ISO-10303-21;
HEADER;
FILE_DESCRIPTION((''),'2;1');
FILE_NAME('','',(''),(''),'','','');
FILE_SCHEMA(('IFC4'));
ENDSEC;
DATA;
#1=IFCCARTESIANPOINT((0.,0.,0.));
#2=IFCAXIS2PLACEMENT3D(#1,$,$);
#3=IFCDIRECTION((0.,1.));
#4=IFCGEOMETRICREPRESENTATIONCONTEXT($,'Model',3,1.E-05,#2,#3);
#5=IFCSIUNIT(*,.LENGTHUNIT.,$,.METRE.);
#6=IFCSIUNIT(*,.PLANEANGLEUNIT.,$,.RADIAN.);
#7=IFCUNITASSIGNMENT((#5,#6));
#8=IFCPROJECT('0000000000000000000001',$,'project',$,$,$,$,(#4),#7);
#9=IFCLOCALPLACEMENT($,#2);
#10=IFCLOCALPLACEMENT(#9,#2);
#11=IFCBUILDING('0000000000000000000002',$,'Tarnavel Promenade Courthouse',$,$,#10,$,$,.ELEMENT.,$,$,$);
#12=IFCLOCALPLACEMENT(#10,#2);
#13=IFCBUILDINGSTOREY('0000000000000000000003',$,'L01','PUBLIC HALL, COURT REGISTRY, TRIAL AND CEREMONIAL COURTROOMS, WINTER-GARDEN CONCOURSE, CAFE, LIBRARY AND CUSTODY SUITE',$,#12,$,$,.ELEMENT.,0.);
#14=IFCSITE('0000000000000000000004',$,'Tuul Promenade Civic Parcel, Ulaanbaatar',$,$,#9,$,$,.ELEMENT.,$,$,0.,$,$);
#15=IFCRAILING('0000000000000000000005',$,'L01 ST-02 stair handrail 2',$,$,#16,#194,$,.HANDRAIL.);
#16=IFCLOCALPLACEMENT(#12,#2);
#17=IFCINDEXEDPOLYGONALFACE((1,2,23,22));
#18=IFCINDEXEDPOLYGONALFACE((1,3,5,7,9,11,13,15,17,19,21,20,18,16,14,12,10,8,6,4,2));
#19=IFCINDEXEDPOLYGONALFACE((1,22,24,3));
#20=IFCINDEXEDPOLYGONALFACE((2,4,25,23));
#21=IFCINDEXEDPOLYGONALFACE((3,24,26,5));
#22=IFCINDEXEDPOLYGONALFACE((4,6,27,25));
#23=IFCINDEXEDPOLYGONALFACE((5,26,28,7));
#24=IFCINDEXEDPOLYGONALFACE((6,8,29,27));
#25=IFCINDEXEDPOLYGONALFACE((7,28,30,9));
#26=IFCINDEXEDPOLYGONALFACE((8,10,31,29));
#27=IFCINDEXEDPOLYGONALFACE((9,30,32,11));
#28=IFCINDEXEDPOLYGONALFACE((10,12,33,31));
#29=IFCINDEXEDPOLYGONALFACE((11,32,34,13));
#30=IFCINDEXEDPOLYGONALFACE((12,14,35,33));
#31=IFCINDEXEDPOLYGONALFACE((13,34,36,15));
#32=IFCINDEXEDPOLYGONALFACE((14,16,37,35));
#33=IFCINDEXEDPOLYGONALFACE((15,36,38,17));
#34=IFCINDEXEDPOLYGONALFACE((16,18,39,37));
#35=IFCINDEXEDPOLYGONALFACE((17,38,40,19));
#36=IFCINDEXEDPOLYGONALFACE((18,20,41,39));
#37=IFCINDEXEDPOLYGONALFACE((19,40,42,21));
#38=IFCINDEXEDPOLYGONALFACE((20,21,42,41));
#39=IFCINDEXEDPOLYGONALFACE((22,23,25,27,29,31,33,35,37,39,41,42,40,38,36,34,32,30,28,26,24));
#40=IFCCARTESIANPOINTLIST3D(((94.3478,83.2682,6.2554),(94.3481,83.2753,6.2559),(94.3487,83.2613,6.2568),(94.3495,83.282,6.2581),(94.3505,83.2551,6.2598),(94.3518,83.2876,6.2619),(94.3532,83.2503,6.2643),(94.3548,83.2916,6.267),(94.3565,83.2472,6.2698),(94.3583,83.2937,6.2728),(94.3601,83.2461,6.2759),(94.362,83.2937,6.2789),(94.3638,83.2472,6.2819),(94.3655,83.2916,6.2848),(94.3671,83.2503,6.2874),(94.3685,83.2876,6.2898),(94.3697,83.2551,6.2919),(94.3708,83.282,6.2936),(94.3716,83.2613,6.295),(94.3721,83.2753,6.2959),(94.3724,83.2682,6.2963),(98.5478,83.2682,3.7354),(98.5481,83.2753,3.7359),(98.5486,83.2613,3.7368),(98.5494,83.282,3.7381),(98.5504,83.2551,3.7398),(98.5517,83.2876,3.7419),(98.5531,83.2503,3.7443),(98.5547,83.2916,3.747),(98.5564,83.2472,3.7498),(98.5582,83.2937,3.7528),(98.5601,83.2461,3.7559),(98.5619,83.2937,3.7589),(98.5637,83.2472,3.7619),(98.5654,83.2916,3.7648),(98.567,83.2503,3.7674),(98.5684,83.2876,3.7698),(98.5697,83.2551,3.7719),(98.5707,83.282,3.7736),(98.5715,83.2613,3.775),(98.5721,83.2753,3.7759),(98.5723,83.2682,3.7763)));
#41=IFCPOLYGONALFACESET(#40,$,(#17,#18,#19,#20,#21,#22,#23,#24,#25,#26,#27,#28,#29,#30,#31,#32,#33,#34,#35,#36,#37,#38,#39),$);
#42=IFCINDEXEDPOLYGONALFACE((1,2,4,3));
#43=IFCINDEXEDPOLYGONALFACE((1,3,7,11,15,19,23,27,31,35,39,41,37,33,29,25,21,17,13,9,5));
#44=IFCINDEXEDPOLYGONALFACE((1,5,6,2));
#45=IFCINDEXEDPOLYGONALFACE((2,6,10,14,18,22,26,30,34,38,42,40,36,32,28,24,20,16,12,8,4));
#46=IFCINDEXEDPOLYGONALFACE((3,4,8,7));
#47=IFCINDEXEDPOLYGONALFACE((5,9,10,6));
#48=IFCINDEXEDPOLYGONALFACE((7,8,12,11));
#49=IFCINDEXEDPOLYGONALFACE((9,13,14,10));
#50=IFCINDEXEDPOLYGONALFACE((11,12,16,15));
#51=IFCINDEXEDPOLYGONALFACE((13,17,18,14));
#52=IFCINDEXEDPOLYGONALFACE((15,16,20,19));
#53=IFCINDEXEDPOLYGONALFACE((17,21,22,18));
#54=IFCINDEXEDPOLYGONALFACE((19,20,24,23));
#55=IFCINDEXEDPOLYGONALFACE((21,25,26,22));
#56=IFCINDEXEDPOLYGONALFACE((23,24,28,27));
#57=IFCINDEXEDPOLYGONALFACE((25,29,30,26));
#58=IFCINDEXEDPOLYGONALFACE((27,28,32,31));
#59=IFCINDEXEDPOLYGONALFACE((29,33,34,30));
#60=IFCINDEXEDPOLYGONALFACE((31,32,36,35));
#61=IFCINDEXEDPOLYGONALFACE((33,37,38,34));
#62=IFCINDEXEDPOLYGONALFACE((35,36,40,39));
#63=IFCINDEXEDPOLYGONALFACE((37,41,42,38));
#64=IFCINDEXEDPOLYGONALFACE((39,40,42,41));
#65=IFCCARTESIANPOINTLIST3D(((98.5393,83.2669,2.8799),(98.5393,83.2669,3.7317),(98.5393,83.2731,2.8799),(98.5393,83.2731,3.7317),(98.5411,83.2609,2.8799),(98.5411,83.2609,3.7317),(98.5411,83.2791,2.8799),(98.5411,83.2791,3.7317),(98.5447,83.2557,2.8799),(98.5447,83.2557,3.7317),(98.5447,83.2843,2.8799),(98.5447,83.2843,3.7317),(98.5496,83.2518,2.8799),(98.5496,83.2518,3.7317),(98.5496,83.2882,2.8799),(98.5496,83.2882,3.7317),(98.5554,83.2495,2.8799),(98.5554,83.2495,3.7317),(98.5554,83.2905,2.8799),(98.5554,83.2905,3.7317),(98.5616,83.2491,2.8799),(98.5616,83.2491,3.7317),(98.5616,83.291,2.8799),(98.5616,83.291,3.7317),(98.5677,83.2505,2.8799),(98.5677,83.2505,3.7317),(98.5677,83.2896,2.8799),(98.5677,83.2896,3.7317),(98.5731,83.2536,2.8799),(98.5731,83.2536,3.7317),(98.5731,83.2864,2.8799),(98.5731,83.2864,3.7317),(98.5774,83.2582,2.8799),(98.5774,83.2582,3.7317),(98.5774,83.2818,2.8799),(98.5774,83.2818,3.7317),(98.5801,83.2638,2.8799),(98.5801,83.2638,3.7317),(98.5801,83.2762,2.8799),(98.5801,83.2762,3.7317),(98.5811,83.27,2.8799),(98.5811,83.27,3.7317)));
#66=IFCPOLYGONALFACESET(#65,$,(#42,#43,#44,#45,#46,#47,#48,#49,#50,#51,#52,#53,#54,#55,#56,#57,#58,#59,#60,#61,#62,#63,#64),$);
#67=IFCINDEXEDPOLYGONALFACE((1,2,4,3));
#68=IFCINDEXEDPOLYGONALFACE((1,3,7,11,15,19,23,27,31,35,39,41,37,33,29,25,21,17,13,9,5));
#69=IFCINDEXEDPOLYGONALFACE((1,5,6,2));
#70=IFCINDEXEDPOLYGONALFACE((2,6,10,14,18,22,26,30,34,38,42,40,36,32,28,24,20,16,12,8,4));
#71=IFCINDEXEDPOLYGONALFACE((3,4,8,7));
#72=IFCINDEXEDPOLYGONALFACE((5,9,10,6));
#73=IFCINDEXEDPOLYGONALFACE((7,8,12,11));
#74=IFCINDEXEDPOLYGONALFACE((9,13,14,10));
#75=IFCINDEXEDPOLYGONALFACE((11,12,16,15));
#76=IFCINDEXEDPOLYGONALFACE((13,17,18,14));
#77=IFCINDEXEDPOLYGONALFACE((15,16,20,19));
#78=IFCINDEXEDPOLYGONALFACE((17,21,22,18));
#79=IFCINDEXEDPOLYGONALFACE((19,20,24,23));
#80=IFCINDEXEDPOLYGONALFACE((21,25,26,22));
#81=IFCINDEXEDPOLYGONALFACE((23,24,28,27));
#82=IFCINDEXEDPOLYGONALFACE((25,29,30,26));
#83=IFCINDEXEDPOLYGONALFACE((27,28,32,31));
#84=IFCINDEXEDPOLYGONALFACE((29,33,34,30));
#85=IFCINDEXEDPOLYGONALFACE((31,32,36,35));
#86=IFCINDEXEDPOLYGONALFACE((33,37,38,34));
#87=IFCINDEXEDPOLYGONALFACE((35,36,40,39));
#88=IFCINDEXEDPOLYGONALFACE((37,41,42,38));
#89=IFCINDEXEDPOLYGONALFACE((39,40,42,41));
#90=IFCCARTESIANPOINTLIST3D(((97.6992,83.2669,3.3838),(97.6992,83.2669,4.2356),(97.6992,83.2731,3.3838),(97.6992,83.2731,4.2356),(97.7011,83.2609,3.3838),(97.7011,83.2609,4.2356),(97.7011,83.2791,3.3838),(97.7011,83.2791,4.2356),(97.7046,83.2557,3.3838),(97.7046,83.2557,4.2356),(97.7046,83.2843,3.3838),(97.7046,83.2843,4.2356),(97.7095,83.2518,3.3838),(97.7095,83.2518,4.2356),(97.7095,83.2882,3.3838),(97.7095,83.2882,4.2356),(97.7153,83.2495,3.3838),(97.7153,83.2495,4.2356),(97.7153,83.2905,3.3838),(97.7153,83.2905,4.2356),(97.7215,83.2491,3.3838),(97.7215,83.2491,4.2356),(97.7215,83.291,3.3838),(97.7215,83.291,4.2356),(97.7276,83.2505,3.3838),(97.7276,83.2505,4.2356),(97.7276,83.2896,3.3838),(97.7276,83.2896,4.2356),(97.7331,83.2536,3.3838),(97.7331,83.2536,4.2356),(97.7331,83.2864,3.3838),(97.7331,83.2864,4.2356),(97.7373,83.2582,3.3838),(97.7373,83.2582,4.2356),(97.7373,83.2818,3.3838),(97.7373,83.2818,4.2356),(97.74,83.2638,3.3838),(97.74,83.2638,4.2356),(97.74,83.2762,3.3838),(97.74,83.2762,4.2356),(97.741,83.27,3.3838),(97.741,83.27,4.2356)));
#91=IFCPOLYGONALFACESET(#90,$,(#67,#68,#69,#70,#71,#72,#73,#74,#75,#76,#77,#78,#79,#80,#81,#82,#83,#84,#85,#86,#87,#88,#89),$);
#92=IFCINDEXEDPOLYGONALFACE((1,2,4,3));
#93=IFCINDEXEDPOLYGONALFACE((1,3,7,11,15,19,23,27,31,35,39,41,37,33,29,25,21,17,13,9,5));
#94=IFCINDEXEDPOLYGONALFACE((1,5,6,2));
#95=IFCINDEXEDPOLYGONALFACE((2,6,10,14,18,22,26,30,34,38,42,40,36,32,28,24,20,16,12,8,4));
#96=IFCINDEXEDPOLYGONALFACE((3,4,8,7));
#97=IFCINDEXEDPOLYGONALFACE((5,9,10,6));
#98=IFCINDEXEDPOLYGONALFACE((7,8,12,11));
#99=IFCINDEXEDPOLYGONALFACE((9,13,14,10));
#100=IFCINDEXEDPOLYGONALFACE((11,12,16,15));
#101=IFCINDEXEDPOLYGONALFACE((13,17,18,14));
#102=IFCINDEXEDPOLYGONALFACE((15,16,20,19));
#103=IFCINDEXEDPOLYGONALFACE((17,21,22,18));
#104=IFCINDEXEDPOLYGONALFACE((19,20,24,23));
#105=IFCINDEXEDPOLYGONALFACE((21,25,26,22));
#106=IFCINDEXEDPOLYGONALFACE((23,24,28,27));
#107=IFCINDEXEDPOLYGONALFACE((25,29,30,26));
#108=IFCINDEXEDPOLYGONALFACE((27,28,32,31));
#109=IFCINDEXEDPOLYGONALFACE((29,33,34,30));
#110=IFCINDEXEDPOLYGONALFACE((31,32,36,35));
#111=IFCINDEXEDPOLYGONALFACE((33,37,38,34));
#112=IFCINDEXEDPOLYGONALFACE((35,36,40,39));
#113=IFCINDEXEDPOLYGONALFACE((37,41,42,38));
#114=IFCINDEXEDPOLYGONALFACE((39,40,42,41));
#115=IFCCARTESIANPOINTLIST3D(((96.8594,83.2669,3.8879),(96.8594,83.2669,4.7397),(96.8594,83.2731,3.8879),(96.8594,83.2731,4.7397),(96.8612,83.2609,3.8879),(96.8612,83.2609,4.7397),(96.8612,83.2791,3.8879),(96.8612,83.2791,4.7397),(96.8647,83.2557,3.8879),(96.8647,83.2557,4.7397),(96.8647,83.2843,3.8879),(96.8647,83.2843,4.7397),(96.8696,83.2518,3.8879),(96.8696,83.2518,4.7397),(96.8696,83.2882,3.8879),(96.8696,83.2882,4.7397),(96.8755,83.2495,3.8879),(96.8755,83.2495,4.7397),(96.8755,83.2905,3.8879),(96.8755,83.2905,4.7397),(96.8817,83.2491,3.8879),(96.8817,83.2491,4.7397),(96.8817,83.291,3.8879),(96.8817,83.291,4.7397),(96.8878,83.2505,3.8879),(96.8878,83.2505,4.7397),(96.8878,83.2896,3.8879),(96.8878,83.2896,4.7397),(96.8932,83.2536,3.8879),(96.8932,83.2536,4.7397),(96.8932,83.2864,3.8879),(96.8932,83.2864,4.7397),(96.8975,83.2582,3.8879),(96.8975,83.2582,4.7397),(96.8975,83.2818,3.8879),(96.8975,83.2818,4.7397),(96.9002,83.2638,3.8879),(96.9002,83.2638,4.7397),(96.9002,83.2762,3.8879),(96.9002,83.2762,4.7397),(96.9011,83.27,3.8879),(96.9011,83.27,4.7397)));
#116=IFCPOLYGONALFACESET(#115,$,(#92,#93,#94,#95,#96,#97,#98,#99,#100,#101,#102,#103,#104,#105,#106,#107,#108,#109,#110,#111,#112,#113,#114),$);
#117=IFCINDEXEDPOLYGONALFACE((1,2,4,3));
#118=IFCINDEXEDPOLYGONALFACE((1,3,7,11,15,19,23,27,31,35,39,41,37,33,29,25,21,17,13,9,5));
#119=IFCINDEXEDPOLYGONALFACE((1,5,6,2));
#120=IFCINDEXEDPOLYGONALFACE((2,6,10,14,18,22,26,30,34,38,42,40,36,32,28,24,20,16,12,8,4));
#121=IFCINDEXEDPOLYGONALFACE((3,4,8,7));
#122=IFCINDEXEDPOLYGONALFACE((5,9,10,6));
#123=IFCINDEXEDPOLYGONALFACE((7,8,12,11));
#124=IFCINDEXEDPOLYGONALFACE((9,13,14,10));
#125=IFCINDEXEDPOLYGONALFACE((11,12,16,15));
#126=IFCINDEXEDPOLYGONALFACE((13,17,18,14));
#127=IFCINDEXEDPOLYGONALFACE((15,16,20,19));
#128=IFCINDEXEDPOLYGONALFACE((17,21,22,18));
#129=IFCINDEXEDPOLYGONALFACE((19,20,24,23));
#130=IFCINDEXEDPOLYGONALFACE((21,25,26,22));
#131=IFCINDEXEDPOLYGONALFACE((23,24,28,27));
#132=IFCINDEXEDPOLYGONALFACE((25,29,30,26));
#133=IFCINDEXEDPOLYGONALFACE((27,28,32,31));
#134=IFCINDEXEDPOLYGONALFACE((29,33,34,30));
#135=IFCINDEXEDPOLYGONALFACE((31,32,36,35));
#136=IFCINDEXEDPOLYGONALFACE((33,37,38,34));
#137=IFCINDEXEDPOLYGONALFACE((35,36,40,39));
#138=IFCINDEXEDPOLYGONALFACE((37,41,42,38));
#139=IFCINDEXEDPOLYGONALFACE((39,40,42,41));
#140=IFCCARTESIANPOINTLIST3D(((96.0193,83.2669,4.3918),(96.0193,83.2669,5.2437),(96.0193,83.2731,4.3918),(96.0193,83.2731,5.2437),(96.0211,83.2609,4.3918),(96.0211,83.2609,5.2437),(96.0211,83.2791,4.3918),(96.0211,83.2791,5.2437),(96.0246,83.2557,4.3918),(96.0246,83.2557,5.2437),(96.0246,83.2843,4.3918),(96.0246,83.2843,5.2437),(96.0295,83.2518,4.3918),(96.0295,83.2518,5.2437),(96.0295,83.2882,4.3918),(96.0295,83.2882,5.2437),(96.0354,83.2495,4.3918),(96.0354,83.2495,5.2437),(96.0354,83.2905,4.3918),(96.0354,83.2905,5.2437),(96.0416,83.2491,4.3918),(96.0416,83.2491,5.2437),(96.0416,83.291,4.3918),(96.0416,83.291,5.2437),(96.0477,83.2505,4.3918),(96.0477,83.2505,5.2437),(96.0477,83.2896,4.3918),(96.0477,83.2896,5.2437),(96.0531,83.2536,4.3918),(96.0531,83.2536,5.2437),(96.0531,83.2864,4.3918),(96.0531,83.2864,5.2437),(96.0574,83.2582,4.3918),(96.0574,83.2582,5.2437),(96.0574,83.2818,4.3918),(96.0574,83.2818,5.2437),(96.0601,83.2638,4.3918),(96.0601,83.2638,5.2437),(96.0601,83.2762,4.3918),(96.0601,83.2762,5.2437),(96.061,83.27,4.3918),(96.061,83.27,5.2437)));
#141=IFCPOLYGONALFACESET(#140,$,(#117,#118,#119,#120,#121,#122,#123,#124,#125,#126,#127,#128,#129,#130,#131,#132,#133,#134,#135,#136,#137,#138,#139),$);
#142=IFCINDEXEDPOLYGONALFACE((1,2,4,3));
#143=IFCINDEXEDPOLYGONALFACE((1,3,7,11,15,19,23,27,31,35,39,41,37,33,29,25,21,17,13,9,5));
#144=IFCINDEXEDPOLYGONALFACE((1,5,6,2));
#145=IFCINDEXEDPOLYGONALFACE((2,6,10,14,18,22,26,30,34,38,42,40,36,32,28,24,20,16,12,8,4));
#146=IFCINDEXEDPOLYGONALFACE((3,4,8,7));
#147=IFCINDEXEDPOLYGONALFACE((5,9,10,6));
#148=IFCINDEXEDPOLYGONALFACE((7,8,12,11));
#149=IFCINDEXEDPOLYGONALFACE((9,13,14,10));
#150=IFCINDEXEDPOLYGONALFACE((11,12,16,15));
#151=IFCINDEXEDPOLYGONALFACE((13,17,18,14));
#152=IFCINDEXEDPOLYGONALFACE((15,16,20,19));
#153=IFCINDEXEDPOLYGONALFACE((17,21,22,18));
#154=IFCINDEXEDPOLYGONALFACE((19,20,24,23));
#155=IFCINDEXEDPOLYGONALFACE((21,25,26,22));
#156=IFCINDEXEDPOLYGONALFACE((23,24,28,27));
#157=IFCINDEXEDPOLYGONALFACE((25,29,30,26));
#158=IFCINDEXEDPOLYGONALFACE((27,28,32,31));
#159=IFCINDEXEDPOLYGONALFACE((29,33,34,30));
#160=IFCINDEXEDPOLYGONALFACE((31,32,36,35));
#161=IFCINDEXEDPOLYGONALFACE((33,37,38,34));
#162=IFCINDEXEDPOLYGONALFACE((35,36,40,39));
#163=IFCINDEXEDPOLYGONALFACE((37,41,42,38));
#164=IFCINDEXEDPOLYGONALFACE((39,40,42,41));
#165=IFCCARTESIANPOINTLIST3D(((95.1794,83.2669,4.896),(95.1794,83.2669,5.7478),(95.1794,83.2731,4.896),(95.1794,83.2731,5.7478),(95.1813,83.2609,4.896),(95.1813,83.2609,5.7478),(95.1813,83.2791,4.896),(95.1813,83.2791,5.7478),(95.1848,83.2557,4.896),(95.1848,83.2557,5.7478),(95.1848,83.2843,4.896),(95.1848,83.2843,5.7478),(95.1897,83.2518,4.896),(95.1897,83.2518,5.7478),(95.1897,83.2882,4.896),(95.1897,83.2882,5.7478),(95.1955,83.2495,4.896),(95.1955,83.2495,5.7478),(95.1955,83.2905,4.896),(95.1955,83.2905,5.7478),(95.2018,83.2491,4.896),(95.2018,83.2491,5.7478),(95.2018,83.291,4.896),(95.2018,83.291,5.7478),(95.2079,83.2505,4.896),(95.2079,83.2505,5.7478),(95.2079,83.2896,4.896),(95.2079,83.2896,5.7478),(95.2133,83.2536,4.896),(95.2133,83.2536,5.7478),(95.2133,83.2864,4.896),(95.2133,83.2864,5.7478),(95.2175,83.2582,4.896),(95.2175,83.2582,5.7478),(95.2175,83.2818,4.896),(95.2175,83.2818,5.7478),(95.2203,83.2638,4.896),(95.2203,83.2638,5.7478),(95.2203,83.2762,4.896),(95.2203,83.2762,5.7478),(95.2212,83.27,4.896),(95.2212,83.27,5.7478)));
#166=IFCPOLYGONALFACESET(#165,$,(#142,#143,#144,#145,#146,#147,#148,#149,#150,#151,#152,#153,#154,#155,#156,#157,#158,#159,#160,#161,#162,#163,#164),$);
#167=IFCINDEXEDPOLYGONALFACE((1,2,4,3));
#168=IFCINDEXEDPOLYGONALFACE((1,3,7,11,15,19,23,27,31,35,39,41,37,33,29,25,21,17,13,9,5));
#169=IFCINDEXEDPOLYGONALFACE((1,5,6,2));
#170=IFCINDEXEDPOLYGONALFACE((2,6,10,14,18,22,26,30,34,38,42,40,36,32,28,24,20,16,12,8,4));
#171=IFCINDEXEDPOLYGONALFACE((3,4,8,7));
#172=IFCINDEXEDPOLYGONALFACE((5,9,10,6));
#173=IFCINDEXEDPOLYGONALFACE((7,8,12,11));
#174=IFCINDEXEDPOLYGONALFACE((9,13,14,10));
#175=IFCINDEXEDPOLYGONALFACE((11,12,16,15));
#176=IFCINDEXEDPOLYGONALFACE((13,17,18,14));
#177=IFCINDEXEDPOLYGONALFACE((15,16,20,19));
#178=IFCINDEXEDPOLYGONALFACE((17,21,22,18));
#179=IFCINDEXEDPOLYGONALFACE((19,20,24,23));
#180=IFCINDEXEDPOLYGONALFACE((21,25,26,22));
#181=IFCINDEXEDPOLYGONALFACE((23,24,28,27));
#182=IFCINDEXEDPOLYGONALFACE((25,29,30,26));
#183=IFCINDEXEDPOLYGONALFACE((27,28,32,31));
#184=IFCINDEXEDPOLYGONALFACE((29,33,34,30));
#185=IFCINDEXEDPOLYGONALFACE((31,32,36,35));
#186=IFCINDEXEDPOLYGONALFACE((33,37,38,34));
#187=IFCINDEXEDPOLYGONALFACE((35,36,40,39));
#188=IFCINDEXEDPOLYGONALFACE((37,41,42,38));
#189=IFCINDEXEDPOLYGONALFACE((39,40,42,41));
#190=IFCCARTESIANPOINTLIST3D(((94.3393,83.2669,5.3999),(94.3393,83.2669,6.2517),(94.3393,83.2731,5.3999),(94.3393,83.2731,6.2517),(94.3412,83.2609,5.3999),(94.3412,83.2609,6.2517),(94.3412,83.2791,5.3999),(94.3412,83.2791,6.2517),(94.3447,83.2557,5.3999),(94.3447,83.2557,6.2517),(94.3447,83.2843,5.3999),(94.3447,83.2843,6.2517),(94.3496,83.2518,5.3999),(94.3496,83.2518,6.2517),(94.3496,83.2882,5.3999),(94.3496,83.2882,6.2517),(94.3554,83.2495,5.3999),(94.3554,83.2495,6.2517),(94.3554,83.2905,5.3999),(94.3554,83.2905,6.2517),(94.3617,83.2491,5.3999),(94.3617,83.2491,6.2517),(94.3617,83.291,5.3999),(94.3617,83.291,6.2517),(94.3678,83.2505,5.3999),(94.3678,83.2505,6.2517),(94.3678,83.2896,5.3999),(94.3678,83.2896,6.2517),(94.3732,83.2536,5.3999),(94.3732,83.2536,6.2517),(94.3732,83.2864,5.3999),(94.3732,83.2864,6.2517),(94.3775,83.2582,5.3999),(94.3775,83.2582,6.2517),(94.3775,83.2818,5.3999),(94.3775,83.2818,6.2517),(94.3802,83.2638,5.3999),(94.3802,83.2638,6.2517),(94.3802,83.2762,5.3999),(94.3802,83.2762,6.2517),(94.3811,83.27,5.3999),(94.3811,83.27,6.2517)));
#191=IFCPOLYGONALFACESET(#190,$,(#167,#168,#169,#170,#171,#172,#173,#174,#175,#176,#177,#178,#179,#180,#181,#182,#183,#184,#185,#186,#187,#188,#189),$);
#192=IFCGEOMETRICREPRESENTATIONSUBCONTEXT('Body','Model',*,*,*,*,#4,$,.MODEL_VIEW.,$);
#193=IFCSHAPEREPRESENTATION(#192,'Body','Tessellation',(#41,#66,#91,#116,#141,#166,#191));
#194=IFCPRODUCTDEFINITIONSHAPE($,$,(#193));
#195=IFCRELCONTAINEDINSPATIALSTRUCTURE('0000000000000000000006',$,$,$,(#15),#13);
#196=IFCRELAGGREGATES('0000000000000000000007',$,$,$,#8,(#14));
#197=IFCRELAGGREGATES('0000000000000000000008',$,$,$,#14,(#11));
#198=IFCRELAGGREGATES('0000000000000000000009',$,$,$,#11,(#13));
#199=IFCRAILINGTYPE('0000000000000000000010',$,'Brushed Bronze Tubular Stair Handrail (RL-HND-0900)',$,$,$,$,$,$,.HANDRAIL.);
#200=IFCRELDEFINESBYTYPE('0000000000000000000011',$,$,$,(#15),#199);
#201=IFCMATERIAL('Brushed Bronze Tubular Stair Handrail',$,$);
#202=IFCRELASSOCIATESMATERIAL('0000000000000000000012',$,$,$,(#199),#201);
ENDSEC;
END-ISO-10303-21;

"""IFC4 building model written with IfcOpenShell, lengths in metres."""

from ifc_helpers import new_model, si_unit, direction, frame, origin, origin_2d, place, context, subcontext, project, spatial, circle, extrude, material, type_object, element, save


model = new_model("IFC4")

# Units and contexts
model_context = context("Model", 3, precision=1e-05, world=origin(), true_north=direction((0.0, 1.0)))
body_context = subcontext(model_context, "Body", "Model", "MODEL_VIEW")
ifc_project = project(units=[si_unit("LENGTHUNIT", "METRE"), si_unit("PLANEANGLEUNIT", "RADIAN")], contexts=[model_context])

# Site, building, storey
site_placement = place(None, origin())
site = spatial("IfcSite", under=ifc_project, at=site_placement, Name="Tuul Promenade Civic Parcel, Ulaanbaatar", CompositionType="ELEMENT", RefElevation=0.0)
building_placement = place(site_placement, origin())
building = spatial("IfcBuilding", under=site, at=building_placement, Name="Tarnavel Promenade Courthouse", CompositionType="ELEMENT")
storey_placement = place(building_placement, origin())
storey = spatial("IfcBuildingStorey", under=building, at=storey_placement, Name="L01", Description="PUBLIC HALL, COURT REGISTRY, TRIAL AND CEREMONIAL COURTROOMS, WINTER-GARDEN CONCOURSE, CAFE, LIBRARY AND CUSTODY SUITE", CompositionType="ELEMENT", Elevation=0.0)

# Railing
ifc_material_1 = material(Name="Brushed Bronze Tubular Stair Handrail")
railing_type_1 = type_object("IfcRailingType", Name="Brushed Bronze Tubular Stair Handrail (RL-HND-0900)", PredefinedType="HANDRAIL", material=ifc_material_1)
railing_1_placement = place(storey_placement, frame((98.5601, 83.27, 2.8799)))
element("IfcRailing", 1, at=railing_1_placement, inside=storey, type_object=railing_type_1, Name="L01 ST-02 stair handrail 2", PredefinedType="HANDRAIL", context=body_context, shape_type="SweptSolid", body=[
    extrude(circle(Radius=0.0239, at=origin_2d()), frame((0.0, 0.0, 0.876), z_axis=(-0.857489, 0.0, 0.514503), x_axis=(0.0, -1.0, 0.0)), (0.0, 0.0, 1.0), 4.8979),
    extrude(circle(Radius=0.021, at=origin_2d()), origin(), (0.0, 0.0, 1.0), 0.8518),
    extrude(circle(Radius=0.021, at=origin_2d()), frame((-0.8401, 0.0, 0.5039)), (0.0, 0.0, 1.0), 0.8518),
    extrude(circle(Radius=0.021, at=origin_2d()), frame((-1.6799, 0.0, 1.0081)), (0.0, 0.0, 1.0), 0.8518),
    extrude(circle(Radius=0.021, at=origin_2d()), frame((-2.52, 0.0, 1.512)), (0.0, 0.0, 1.0), 0.8518),
    extrude(circle(Radius=0.021, at=origin_2d()), frame((-3.3599, 0.0, 2.0161)), (0.0, 0.0, 1.0), 0.8518),
    extrude(circle(Radius=0.021, at=origin_2d()), frame((-4.2, 0.0, 2.52)), (0.0, 0.0, 1.0), 0.8518),
])

save(model, "model.ifc")
